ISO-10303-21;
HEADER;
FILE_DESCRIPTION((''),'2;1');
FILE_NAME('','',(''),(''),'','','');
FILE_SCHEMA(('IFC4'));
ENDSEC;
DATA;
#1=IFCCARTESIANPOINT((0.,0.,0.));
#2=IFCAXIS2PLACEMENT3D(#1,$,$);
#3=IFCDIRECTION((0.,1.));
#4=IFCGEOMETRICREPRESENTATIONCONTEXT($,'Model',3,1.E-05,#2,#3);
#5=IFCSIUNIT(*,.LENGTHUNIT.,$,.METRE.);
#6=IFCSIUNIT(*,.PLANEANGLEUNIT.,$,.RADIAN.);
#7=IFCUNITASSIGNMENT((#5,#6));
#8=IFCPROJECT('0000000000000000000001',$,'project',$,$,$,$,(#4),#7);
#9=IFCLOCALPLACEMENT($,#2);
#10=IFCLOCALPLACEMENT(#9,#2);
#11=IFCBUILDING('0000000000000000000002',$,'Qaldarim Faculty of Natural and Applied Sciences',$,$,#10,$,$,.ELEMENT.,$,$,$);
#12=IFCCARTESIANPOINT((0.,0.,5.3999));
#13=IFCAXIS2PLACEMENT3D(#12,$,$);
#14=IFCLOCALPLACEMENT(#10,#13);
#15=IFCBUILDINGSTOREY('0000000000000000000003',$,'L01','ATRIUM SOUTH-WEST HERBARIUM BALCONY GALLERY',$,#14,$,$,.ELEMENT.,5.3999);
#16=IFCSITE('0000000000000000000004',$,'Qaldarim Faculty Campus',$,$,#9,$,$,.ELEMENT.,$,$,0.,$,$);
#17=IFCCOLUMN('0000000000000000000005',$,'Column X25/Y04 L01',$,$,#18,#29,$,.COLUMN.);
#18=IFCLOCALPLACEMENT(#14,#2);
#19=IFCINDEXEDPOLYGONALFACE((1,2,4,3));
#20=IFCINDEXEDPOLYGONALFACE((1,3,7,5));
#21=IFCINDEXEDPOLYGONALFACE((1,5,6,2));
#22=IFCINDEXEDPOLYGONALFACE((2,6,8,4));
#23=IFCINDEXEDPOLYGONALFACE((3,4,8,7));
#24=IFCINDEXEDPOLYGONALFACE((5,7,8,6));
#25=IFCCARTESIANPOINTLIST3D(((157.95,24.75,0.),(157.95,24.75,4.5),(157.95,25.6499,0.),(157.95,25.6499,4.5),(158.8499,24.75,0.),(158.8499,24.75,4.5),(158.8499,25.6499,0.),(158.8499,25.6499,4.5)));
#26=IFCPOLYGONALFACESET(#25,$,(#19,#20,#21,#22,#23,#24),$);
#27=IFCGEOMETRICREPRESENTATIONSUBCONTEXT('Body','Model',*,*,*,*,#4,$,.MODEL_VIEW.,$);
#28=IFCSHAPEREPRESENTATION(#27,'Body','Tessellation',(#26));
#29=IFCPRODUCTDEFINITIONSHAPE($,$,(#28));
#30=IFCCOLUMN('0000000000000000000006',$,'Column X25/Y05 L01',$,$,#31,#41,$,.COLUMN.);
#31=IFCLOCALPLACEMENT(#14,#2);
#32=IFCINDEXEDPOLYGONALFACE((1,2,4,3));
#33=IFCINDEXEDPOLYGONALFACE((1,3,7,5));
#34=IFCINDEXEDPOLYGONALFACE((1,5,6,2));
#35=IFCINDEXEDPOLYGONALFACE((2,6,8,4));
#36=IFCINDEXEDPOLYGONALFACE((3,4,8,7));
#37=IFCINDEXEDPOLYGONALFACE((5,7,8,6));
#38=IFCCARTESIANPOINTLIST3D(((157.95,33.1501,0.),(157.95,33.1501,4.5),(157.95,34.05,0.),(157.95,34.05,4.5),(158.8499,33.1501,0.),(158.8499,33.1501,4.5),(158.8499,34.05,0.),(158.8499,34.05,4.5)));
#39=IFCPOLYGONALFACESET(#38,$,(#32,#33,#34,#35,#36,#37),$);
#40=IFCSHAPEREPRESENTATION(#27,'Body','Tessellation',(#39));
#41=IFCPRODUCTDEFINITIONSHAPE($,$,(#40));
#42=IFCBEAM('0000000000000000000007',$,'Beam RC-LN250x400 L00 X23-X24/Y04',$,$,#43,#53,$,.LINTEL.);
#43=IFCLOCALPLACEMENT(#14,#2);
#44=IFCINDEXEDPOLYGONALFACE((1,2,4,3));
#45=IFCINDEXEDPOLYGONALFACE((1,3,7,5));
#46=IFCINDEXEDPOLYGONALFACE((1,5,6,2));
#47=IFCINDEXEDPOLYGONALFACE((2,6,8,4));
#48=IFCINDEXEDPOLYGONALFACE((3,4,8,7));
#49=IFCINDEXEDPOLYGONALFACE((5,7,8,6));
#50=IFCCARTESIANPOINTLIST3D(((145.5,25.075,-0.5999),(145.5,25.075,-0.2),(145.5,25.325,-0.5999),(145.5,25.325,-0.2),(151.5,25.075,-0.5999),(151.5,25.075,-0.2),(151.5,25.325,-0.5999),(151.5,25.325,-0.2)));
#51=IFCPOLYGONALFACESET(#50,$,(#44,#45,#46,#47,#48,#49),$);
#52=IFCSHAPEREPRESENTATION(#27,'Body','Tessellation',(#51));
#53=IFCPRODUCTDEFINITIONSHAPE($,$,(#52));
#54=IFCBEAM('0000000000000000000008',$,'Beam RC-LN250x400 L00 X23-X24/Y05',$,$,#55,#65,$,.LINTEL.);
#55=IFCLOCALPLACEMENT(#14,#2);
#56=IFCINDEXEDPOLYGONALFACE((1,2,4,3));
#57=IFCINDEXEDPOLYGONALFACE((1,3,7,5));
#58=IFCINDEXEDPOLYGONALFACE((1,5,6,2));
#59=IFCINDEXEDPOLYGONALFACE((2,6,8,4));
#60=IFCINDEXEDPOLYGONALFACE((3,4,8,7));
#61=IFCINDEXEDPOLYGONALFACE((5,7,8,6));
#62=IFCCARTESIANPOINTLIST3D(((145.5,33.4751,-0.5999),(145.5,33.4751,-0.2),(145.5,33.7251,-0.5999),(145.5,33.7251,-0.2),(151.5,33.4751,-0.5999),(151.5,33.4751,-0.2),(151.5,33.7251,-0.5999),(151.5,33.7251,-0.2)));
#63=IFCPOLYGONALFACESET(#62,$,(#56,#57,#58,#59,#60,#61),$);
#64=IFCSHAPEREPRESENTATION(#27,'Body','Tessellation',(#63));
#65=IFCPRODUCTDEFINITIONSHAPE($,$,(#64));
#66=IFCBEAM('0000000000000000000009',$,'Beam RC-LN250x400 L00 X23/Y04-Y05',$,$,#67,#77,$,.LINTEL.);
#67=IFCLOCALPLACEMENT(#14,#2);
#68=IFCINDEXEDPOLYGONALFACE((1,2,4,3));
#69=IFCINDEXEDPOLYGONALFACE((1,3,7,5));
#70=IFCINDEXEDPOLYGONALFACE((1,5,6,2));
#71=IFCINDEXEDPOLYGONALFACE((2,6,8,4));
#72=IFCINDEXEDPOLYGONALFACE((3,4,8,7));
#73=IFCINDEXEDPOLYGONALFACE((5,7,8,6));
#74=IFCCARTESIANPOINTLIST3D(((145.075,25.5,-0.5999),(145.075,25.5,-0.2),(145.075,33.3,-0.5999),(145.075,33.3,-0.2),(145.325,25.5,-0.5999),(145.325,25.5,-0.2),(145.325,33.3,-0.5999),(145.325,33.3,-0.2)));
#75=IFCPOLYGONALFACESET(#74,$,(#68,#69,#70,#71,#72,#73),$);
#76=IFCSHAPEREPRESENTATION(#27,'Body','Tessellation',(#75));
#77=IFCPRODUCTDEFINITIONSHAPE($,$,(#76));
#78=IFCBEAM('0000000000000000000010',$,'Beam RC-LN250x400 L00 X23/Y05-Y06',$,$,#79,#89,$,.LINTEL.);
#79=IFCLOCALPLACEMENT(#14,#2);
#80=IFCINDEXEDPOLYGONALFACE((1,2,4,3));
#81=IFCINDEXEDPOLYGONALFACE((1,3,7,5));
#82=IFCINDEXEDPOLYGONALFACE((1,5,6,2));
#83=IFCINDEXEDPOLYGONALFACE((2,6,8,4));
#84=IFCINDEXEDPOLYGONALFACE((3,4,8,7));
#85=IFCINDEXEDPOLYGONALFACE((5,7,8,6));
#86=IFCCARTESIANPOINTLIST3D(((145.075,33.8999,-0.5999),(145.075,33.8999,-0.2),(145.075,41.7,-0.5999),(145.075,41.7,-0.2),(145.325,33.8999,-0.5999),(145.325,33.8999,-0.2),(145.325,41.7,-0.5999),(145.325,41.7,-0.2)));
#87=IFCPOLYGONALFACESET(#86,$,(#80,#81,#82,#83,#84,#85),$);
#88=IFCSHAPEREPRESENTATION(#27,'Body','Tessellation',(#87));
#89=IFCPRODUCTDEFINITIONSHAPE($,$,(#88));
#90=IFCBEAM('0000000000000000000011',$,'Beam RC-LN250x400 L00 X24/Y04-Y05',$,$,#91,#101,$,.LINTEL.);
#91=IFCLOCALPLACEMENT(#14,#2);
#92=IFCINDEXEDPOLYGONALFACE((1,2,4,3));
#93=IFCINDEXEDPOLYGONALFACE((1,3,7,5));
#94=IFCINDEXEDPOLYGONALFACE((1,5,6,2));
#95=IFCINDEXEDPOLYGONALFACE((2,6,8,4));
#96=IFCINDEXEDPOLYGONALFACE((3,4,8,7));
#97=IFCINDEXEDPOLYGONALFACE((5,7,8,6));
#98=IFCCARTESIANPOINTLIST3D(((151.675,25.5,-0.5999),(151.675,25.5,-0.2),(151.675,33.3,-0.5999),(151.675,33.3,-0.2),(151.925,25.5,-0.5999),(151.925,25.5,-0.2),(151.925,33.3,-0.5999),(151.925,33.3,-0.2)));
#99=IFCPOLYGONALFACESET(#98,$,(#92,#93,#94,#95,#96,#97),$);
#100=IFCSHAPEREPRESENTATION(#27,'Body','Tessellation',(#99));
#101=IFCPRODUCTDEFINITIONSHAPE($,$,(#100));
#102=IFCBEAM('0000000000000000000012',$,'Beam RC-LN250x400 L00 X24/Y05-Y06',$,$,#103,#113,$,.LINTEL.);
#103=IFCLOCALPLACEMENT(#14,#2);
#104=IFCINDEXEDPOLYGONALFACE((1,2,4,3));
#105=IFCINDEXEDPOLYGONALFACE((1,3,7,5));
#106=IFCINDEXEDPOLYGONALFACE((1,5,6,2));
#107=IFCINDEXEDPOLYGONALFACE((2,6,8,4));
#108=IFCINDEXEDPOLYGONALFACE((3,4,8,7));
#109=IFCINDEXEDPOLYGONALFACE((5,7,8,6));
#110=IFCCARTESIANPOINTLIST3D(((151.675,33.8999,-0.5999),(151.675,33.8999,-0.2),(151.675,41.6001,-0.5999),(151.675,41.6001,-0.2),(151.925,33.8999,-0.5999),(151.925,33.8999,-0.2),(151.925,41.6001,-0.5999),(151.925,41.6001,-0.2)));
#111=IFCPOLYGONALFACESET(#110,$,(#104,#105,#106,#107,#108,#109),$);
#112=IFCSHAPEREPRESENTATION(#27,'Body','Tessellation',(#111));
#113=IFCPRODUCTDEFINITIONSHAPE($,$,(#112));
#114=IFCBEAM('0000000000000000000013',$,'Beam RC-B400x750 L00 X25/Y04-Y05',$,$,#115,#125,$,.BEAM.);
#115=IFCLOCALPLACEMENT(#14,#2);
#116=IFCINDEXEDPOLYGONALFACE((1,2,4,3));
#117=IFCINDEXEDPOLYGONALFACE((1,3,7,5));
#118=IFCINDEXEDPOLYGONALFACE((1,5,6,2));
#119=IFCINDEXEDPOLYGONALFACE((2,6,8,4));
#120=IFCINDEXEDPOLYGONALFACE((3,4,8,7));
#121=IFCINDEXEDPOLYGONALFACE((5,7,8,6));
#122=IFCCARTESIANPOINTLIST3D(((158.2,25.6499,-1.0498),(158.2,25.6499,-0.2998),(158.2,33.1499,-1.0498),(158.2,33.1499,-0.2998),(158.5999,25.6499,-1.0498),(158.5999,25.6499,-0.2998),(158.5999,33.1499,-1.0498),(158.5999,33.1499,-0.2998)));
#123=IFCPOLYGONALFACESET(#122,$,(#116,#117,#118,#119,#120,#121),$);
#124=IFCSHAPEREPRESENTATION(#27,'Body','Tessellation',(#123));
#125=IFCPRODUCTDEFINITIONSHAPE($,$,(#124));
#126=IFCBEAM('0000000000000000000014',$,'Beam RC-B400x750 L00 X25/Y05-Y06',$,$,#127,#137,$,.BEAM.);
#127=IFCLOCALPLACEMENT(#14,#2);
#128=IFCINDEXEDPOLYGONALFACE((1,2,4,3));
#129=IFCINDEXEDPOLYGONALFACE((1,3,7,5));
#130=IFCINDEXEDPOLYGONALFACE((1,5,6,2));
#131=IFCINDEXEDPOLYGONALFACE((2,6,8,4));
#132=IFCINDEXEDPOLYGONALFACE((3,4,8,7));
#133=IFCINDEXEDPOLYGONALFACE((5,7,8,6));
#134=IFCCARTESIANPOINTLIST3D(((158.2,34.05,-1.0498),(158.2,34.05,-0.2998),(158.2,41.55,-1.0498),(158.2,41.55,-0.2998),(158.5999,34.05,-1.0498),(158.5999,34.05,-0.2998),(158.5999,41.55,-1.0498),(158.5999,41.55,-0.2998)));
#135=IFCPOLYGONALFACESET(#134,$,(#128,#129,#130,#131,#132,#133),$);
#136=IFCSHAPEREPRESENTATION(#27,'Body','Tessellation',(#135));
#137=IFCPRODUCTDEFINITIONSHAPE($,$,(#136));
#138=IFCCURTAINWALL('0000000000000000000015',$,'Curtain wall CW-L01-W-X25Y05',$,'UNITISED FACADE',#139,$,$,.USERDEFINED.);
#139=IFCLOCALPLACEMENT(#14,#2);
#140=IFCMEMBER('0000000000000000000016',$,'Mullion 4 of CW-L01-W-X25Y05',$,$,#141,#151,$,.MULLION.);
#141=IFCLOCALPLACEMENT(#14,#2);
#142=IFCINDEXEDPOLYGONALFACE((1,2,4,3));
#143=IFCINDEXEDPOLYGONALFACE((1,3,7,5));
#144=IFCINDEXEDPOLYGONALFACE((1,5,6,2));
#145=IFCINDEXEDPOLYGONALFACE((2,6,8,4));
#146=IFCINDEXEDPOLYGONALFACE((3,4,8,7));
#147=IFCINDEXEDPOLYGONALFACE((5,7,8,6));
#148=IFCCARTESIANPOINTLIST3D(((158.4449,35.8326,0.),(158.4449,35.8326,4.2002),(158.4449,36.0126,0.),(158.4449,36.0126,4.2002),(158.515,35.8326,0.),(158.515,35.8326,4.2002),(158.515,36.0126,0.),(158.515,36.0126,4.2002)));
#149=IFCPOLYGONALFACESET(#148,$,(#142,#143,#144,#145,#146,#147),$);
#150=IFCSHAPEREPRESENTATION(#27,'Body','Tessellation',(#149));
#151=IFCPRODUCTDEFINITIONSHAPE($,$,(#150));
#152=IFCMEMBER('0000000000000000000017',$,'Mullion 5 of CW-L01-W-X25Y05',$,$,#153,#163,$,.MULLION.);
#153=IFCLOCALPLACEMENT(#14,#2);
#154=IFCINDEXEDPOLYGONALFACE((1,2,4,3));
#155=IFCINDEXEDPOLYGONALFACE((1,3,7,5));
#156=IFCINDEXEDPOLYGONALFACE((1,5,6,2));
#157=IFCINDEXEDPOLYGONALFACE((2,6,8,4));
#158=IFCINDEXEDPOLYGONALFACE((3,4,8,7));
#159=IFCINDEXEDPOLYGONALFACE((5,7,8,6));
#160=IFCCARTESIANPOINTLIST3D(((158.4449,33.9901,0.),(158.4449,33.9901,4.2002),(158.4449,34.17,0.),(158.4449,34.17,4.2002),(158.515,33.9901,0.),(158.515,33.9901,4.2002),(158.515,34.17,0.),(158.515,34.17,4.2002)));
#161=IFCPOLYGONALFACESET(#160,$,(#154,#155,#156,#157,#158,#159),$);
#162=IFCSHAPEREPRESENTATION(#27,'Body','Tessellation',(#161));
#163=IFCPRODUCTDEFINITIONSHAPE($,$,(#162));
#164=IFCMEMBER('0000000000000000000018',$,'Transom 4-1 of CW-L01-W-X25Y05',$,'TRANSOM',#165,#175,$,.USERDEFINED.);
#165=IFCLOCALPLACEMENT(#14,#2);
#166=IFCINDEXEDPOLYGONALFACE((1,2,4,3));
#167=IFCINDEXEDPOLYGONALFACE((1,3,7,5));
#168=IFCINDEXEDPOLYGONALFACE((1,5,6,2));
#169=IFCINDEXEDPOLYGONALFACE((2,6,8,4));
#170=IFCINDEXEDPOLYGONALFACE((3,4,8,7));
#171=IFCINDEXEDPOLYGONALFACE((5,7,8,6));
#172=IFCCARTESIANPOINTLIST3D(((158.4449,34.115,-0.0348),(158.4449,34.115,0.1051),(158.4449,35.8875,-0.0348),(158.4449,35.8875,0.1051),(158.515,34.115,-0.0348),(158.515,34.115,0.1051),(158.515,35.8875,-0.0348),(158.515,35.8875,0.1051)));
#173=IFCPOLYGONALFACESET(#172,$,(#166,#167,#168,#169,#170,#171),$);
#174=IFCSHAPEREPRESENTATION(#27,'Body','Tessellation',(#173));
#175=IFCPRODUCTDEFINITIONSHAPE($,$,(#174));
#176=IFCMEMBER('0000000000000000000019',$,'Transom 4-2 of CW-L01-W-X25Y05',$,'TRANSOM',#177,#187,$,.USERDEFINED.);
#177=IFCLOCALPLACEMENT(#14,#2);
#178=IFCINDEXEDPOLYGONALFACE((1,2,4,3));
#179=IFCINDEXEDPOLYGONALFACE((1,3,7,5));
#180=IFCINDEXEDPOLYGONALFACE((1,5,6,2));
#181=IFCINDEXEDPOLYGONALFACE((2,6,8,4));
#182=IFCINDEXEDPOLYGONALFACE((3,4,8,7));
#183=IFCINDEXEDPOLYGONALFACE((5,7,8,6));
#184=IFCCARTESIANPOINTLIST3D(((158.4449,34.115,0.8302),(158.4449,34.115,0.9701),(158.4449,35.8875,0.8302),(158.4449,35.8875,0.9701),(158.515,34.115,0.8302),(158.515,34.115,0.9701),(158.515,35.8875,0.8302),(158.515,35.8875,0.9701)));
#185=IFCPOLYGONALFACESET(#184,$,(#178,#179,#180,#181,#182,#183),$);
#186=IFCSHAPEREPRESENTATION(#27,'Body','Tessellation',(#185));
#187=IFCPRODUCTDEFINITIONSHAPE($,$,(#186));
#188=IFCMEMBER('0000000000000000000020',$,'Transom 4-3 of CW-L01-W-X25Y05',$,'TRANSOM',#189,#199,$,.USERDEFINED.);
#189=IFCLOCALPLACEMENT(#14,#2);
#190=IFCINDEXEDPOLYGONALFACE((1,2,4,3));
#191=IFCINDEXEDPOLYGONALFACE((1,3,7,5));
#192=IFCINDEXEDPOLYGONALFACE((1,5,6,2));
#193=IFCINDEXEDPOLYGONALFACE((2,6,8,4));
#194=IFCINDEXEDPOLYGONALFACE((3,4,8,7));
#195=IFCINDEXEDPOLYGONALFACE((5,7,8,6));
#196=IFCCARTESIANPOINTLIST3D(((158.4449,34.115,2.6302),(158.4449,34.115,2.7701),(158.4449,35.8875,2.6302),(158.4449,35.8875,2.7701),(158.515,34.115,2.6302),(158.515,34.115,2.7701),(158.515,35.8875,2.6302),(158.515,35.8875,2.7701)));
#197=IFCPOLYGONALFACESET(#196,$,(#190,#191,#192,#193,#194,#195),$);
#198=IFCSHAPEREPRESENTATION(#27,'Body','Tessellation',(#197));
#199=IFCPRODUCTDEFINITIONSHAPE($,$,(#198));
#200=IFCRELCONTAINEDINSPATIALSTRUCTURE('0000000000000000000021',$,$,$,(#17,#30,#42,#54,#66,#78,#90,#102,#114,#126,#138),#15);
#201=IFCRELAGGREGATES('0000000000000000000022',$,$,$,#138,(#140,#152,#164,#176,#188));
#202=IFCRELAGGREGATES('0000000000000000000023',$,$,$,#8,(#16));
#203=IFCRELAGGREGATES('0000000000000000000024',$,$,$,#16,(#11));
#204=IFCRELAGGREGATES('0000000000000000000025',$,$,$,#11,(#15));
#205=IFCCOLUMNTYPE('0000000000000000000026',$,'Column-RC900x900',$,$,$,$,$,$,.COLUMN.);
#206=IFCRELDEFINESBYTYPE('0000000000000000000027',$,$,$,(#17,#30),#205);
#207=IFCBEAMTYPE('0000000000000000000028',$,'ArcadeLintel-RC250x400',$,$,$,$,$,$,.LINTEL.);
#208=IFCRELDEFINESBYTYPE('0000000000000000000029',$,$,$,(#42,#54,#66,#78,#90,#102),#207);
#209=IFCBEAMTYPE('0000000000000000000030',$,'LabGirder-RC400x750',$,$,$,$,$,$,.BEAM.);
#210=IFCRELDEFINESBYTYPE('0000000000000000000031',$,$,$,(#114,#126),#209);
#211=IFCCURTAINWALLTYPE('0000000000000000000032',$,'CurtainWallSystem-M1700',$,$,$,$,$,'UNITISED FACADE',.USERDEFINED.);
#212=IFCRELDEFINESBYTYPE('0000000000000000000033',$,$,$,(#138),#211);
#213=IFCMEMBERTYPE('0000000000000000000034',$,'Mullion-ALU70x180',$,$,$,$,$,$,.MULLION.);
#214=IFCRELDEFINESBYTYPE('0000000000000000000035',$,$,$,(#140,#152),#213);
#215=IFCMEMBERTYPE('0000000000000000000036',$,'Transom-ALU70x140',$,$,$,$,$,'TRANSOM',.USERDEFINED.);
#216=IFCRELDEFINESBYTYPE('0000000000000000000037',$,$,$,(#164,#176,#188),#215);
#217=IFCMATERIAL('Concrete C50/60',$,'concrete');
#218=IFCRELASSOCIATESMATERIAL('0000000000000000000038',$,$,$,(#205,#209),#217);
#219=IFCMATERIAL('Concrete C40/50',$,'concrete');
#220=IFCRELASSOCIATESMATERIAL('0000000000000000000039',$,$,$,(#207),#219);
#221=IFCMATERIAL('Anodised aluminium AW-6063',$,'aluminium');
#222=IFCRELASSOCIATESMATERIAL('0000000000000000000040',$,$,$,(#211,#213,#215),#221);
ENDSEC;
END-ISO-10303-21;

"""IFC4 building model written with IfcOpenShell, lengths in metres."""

from ifc_helpers import new_model, si_unit, direction, frame, origin, origin_2d, place, context, subcontext, project, spatial, rectangle, extrude, material, material_profile, profile_set, type_object, element, aggregate, save


model = new_model("IFC4")

# Units and contexts
model_context = context("Model", 3, precision=1e-05, world=origin(), true_north=direction((0.0, 1.0)))
body_context = subcontext(model_context, "Body", "Model", "MODEL_VIEW")
ifc_project = project(units=[si_unit("LENGTHUNIT", "METRE"), si_unit("PLANEANGLEUNIT", "RADIAN")], contexts=[model_context])

# Site, building, storey
site_placement = place(None, origin())
site = spatial("IfcSite", under=ifc_project, at=site_placement, Name="Qaldarim Faculty Campus", CompositionType="ELEMENT", RefElevation=0.0)
building_placement = place(site_placement, origin())
building = spatial("IfcBuilding", under=site, at=building_placement, Name="Qaldarim Faculty of Natural and Applied Sciences", CompositionType="ELEMENT")
storey_placement = place(building_placement, frame((0.0, 0.0, 5.3999)))
storey = spatial("IfcBuildingStorey", under=building, at=storey_placement, Name="L01", Description="ATRIUM SOUTH-WEST HERBARIUM BALCONY GALLERY", CompositionType="ELEMENT", Elevation=5.3999)

# Columns
ifc_material_1 = material(Name="Concrete C50/60", Category="concrete")
ifc_material_profile_1 = material_profile(ifc_material_1, rectangle(XDim=0.8999, YDim=0.8999, at=origin_2d()), Name="RC-C900x900")
ifc_profile_set_1 = profile_set([ifc_material_profile_1], Name="Concrete C50/60")
column_type = type_object("IfcColumnType", Name="Column-RC900x900", PredefinedType="COLUMN", material=ifc_profile_set_1)
for number, where, z_axis, x_axis, name in (
    (1, (158.3999, 25.2, 0.0), (0.0, 0.0, 1.0), (1.0, 0.0, 0.0), "Column X25/Y04 L01"),
    (2, (158.3999, 33.6001, 0.0), (0.0, 0.0, 1.0), (1.0, 0.0, 0.0), "Column X25/Y05 L01"),
):
    element("IfcColumn", number, at=place(storey_placement, frame(where, z_axis=z_axis, x_axis=x_axis)), inside=storey, type_object=column_type, Name=name, PredefinedType="COLUMN", context=body_context, shape_type="SweptSolid", body=[
        extrude(rectangle(XDim=0.8999, YDim=0.8999, at=origin_2d()), origin(), (0.0, 0.0, 1.0), 4.5),
    ])

# Beams
ifc_material_2 = material(Name="Concrete C40/50", Category="concrete")
ifc_material_profile_2 = material_profile(ifc_material_2, rectangle(XDim=0.25, YDim=0.3999, at=origin_2d()), Name="RC-LN250x400")
ifc_profile_set_2 = profile_set([ifc_material_profile_2], Name="Concrete C40/50")
beam_type_1 = type_object("IfcBeamType", Name="ArcadeLintel-RC250x400", PredefinedType="LINTEL", material=ifc_profile_set_2)
for number, where, z_axis, x_axis, name in (
    (3, (145.5, 25.2, -0.3999), (1.0, 0.0, 0.0), (0.0, 1.0, 0.0), "Beam RC-LN250x400 L00 X23-X24/Y04"),
    (4, (145.5, 33.6001, -0.3999), (1.0, 0.0, 0.0), (0.0, 1.0, 0.0), "Beam RC-LN250x400 L00 X23-X24/Y05"),
):
    element("IfcBeam", number, at=place(storey_placement, frame(where, z_axis=z_axis, x_axis=x_axis)), inside=storey, type_object=beam_type_1, Name=name, PredefinedType="LINTEL", context=body_context, shape_type="SweptSolid", body=[
        extrude(rectangle(XDim=0.25, YDim=0.3999, at=origin_2d()), origin(), (0.0, 0.0, 1.0), 6.0),
    ])
for number, where, z_axis, x_axis, name in (
    (5, (145.2, 25.5, -0.3999), (0.0, 1.0, 0.0), (-1.0, 0.0, 0.0), "Beam RC-LN250x400 L00 X23/Y04-Y05"),
    (6, (145.2, 33.8999, -0.3999), (0.0, 1.0, 0.0), (-1.0, 0.0, 0.0), "Beam RC-LN250x400 L00 X23/Y05-Y06"),
    (7, (151.8, 25.5, -0.3999), (0.0, 1.0, 0.0), (-1.0, 0.0, 0.0), "Beam RC-LN250x400 L00 X24/Y04-Y05"),
):
    element("IfcBeam", number, at=place(storey_placement, frame(where, z_axis=z_axis, x_axis=x_axis)), inside=storey, type_object=beam_type_1, Name=name, PredefinedType="LINTEL", context=body_context, shape_type="SweptSolid", body=[
        extrude(rectangle(XDim=0.25, YDim=0.3999, at=origin_2d()), origin(), (0.0, 0.0, 1.0), 7.8),
    ])
beam_placement = place(storey_placement, frame((151.8, 33.8999, -0.3999), z_axis=(0.0, 1.0, 0.0), x_axis=(-1.0, 0.0, 0.0)))
element("IfcBeam", 8, at=beam_placement, inside=storey, type_object=beam_type_1, Name="Beam RC-LN250x400 L00 X24/Y05-Y06", PredefinedType="LINTEL", context=body_context, shape_type="SweptSolid", body=[
    extrude(rectangle(XDim=0.25, YDim=0.3999, at=origin_2d()), origin(), (0.0, 0.0, 1.0), 7.7002),
])
ifc_material_profile_3 = material_profile(ifc_material_1, rectangle(XDim=0.3999, YDim=0.75, at=origin_2d()), Name="RC-B400x750")
ifc_profile_set_3 = profile_set([ifc_material_profile_3], Name="Concrete C50/60")
beam_type_2 = type_object("IfcBeamType", Name="LabGirder-RC400x750", PredefinedType="BEAM", material=ifc_profile_set_3)
for number, where, z_axis, x_axis, name in (
    (9, (158.3999, 25.6499, -0.6748), (0.0, 1.0, 0.0), (-1.0, 0.0, 0.0), "Beam RC-B400x750 L00 X25/Y04-Y05"),
    (10, (158.3999, 34.05, -0.6748), (0.0, 1.0, 0.0), (-1.0, 0.0, 0.0), "Beam RC-B400x750 L00 X25/Y05-Y06"),
):
    element("IfcBeam", number, at=place(storey_placement, frame(where, z_axis=z_axis, x_axis=x_axis)), inside=storey, type_object=beam_type_2, Name=name, PredefinedType="BEAM", context=body_context, shape_type="SweptSolid", body=[
        extrude(rectangle(XDim=0.3999, YDim=0.75, at=origin_2d()), origin(), (0.0, 0.0, 1.0), 7.5),
    ])

# Curtain wall, members
ifc_material_3 = material(Name="Anodised aluminium AW-6063", Category="aluminium")
curtain_wall_type = type_object("IfcCurtainWallType", Name="CurtainWallSystem-M1700", ElementType="UNITISED FACADE", PredefinedType="USERDEFINED", material=ifc_material_3)
curtain_wall_placement = place(storey_placement, origin())
curtain_wall = element("IfcCurtainWall", 11, at=curtain_wall_placement, inside=storey, type_object=curtain_wall_type, Name="Curtain wall CW-L01-W-X25Y05", ObjectType="UNITISED FACADE", PredefinedType="USERDEFINED")
ifc_material_profile_4 = material_profile(ifc_material_3, rectangle(XDim=0.0701, YDim=0.1799, at=origin_2d()), Name="ALU-M70x180")
ifc_profile_set_4 = profile_set([ifc_material_profile_4], Name="Anodised aluminium AW-6063")
member_type_1 = type_object("IfcMemberType", Name="Mullion-ALU70x180", PredefinedType="MULLION", material=ifc_profile_set_4)
member_1_placement = place(storey_placement, frame((158.48, 35.9226, 0.0), z_axis=(0.0, 0.0, 1.0), x_axis=(1.0, 0.0, 0.0)))
member_1 = element("IfcMember", 12, at=member_1_placement, type_object=member_type_1, Name="Mullion 4 of CW-L01-W-X25Y05", PredefinedType="MULLION", context=body_context, shape_type="SweptSolid", body=[
    extrude(rectangle(XDim=0.0701, YDim=0.1799, at=origin_2d()), origin(), (0.0, 0.0, 1.0), 4.2002),
])
member_2_placement = place(storey_placement, frame((158.48, 34.0801, 0.0), z_axis=(0.0, 0.0, 1.0), x_axis=(1.0, 0.0, 0.0)))
member_2 = element("IfcMember", 13, at=member_2_placement, type_object=member_type_1, Name="Mullion 5 of CW-L01-W-X25Y05", PredefinedType="MULLION", context=body_context, shape_type="SweptSolid", body=[
    extrude(rectangle(XDim=0.0701, YDim=0.1799, at=origin_2d()), origin(), (0.0, 0.0, 1.0), 4.2002),
])
ifc_material_profile_5 = material_profile(ifc_material_3, rectangle(XDim=0.0701, YDim=0.1399, at=origin_2d()), Name="ALU-T70x140")
ifc_profile_set_5 = profile_set([ifc_material_profile_5], Name="Anodised aluminium AW-6063")
member_type_2 = type_object("IfcMemberType", Name="Transom-ALU70x140", ElementType="TRANSOM", PredefinedType="USERDEFINED", material=ifc_profile_set_5)
member_3_placement = place(storey_placement, frame((158.48, 35.8875, 0.0352), z_axis=(0.0, -1.0, 0.0), x_axis=(1.0, 0.0, 0.0)))
member_3 = element("IfcMember", 14, at=member_3_placement, type_object=member_type_2, Name="Transom 4-1 of CW-L01-W-X25Y05", ObjectType="TRANSOM", PredefinedType="USERDEFINED", context=body_context, shape_type="SweptSolid", body=[
    extrude(rectangle(XDim=0.0701, YDim=0.1399, at=origin_2d()), origin(), (0.0, 0.0, 1.0), 1.7725),
])
member_4_placement = place(storey_placement, frame((158.48, 35.8875, 0.9001), z_axis=(0.0, -1.0, 0.0), x_axis=(1.0, 0.0, 0.0)))
member_4 = element("IfcMember", 15, at=member_4_placement, type_object=member_type_2, Name="Transom 4-2 of CW-L01-W-X25Y05", ObjectType="TRANSOM", PredefinedType="USERDEFINED", context=body_context, shape_type="SweptSolid", body=[
    extrude(rectangle(XDim=0.0701, YDim=0.1399, at=origin_2d()), origin(), (0.0, 0.0, 1.0), 1.7725),
])
member_5_placement = place(storey_placement, frame((158.48, 35.8875, 2.7002), z_axis=(0.0, -1.0, 0.0), x_axis=(1.0, 0.0, 0.0)))
member_5 = element("IfcMember", 16, at=member_5_placement, type_object=member_type_2, Name="Transom 4-3 of CW-L01-W-X25Y05", ObjectType="TRANSOM", PredefinedType="USERDEFINED", context=body_context, shape_type="SweptSolid", body=[
    extrude(rectangle(XDim=0.0701, YDim=0.1399, at=origin_2d()), origin(), (0.0, 0.0, 1.0), 1.7725),
])
aggregate(curtain_wall, [member_1, member_2, member_3, member_4, member_5])

save(model, "model.ifc")
